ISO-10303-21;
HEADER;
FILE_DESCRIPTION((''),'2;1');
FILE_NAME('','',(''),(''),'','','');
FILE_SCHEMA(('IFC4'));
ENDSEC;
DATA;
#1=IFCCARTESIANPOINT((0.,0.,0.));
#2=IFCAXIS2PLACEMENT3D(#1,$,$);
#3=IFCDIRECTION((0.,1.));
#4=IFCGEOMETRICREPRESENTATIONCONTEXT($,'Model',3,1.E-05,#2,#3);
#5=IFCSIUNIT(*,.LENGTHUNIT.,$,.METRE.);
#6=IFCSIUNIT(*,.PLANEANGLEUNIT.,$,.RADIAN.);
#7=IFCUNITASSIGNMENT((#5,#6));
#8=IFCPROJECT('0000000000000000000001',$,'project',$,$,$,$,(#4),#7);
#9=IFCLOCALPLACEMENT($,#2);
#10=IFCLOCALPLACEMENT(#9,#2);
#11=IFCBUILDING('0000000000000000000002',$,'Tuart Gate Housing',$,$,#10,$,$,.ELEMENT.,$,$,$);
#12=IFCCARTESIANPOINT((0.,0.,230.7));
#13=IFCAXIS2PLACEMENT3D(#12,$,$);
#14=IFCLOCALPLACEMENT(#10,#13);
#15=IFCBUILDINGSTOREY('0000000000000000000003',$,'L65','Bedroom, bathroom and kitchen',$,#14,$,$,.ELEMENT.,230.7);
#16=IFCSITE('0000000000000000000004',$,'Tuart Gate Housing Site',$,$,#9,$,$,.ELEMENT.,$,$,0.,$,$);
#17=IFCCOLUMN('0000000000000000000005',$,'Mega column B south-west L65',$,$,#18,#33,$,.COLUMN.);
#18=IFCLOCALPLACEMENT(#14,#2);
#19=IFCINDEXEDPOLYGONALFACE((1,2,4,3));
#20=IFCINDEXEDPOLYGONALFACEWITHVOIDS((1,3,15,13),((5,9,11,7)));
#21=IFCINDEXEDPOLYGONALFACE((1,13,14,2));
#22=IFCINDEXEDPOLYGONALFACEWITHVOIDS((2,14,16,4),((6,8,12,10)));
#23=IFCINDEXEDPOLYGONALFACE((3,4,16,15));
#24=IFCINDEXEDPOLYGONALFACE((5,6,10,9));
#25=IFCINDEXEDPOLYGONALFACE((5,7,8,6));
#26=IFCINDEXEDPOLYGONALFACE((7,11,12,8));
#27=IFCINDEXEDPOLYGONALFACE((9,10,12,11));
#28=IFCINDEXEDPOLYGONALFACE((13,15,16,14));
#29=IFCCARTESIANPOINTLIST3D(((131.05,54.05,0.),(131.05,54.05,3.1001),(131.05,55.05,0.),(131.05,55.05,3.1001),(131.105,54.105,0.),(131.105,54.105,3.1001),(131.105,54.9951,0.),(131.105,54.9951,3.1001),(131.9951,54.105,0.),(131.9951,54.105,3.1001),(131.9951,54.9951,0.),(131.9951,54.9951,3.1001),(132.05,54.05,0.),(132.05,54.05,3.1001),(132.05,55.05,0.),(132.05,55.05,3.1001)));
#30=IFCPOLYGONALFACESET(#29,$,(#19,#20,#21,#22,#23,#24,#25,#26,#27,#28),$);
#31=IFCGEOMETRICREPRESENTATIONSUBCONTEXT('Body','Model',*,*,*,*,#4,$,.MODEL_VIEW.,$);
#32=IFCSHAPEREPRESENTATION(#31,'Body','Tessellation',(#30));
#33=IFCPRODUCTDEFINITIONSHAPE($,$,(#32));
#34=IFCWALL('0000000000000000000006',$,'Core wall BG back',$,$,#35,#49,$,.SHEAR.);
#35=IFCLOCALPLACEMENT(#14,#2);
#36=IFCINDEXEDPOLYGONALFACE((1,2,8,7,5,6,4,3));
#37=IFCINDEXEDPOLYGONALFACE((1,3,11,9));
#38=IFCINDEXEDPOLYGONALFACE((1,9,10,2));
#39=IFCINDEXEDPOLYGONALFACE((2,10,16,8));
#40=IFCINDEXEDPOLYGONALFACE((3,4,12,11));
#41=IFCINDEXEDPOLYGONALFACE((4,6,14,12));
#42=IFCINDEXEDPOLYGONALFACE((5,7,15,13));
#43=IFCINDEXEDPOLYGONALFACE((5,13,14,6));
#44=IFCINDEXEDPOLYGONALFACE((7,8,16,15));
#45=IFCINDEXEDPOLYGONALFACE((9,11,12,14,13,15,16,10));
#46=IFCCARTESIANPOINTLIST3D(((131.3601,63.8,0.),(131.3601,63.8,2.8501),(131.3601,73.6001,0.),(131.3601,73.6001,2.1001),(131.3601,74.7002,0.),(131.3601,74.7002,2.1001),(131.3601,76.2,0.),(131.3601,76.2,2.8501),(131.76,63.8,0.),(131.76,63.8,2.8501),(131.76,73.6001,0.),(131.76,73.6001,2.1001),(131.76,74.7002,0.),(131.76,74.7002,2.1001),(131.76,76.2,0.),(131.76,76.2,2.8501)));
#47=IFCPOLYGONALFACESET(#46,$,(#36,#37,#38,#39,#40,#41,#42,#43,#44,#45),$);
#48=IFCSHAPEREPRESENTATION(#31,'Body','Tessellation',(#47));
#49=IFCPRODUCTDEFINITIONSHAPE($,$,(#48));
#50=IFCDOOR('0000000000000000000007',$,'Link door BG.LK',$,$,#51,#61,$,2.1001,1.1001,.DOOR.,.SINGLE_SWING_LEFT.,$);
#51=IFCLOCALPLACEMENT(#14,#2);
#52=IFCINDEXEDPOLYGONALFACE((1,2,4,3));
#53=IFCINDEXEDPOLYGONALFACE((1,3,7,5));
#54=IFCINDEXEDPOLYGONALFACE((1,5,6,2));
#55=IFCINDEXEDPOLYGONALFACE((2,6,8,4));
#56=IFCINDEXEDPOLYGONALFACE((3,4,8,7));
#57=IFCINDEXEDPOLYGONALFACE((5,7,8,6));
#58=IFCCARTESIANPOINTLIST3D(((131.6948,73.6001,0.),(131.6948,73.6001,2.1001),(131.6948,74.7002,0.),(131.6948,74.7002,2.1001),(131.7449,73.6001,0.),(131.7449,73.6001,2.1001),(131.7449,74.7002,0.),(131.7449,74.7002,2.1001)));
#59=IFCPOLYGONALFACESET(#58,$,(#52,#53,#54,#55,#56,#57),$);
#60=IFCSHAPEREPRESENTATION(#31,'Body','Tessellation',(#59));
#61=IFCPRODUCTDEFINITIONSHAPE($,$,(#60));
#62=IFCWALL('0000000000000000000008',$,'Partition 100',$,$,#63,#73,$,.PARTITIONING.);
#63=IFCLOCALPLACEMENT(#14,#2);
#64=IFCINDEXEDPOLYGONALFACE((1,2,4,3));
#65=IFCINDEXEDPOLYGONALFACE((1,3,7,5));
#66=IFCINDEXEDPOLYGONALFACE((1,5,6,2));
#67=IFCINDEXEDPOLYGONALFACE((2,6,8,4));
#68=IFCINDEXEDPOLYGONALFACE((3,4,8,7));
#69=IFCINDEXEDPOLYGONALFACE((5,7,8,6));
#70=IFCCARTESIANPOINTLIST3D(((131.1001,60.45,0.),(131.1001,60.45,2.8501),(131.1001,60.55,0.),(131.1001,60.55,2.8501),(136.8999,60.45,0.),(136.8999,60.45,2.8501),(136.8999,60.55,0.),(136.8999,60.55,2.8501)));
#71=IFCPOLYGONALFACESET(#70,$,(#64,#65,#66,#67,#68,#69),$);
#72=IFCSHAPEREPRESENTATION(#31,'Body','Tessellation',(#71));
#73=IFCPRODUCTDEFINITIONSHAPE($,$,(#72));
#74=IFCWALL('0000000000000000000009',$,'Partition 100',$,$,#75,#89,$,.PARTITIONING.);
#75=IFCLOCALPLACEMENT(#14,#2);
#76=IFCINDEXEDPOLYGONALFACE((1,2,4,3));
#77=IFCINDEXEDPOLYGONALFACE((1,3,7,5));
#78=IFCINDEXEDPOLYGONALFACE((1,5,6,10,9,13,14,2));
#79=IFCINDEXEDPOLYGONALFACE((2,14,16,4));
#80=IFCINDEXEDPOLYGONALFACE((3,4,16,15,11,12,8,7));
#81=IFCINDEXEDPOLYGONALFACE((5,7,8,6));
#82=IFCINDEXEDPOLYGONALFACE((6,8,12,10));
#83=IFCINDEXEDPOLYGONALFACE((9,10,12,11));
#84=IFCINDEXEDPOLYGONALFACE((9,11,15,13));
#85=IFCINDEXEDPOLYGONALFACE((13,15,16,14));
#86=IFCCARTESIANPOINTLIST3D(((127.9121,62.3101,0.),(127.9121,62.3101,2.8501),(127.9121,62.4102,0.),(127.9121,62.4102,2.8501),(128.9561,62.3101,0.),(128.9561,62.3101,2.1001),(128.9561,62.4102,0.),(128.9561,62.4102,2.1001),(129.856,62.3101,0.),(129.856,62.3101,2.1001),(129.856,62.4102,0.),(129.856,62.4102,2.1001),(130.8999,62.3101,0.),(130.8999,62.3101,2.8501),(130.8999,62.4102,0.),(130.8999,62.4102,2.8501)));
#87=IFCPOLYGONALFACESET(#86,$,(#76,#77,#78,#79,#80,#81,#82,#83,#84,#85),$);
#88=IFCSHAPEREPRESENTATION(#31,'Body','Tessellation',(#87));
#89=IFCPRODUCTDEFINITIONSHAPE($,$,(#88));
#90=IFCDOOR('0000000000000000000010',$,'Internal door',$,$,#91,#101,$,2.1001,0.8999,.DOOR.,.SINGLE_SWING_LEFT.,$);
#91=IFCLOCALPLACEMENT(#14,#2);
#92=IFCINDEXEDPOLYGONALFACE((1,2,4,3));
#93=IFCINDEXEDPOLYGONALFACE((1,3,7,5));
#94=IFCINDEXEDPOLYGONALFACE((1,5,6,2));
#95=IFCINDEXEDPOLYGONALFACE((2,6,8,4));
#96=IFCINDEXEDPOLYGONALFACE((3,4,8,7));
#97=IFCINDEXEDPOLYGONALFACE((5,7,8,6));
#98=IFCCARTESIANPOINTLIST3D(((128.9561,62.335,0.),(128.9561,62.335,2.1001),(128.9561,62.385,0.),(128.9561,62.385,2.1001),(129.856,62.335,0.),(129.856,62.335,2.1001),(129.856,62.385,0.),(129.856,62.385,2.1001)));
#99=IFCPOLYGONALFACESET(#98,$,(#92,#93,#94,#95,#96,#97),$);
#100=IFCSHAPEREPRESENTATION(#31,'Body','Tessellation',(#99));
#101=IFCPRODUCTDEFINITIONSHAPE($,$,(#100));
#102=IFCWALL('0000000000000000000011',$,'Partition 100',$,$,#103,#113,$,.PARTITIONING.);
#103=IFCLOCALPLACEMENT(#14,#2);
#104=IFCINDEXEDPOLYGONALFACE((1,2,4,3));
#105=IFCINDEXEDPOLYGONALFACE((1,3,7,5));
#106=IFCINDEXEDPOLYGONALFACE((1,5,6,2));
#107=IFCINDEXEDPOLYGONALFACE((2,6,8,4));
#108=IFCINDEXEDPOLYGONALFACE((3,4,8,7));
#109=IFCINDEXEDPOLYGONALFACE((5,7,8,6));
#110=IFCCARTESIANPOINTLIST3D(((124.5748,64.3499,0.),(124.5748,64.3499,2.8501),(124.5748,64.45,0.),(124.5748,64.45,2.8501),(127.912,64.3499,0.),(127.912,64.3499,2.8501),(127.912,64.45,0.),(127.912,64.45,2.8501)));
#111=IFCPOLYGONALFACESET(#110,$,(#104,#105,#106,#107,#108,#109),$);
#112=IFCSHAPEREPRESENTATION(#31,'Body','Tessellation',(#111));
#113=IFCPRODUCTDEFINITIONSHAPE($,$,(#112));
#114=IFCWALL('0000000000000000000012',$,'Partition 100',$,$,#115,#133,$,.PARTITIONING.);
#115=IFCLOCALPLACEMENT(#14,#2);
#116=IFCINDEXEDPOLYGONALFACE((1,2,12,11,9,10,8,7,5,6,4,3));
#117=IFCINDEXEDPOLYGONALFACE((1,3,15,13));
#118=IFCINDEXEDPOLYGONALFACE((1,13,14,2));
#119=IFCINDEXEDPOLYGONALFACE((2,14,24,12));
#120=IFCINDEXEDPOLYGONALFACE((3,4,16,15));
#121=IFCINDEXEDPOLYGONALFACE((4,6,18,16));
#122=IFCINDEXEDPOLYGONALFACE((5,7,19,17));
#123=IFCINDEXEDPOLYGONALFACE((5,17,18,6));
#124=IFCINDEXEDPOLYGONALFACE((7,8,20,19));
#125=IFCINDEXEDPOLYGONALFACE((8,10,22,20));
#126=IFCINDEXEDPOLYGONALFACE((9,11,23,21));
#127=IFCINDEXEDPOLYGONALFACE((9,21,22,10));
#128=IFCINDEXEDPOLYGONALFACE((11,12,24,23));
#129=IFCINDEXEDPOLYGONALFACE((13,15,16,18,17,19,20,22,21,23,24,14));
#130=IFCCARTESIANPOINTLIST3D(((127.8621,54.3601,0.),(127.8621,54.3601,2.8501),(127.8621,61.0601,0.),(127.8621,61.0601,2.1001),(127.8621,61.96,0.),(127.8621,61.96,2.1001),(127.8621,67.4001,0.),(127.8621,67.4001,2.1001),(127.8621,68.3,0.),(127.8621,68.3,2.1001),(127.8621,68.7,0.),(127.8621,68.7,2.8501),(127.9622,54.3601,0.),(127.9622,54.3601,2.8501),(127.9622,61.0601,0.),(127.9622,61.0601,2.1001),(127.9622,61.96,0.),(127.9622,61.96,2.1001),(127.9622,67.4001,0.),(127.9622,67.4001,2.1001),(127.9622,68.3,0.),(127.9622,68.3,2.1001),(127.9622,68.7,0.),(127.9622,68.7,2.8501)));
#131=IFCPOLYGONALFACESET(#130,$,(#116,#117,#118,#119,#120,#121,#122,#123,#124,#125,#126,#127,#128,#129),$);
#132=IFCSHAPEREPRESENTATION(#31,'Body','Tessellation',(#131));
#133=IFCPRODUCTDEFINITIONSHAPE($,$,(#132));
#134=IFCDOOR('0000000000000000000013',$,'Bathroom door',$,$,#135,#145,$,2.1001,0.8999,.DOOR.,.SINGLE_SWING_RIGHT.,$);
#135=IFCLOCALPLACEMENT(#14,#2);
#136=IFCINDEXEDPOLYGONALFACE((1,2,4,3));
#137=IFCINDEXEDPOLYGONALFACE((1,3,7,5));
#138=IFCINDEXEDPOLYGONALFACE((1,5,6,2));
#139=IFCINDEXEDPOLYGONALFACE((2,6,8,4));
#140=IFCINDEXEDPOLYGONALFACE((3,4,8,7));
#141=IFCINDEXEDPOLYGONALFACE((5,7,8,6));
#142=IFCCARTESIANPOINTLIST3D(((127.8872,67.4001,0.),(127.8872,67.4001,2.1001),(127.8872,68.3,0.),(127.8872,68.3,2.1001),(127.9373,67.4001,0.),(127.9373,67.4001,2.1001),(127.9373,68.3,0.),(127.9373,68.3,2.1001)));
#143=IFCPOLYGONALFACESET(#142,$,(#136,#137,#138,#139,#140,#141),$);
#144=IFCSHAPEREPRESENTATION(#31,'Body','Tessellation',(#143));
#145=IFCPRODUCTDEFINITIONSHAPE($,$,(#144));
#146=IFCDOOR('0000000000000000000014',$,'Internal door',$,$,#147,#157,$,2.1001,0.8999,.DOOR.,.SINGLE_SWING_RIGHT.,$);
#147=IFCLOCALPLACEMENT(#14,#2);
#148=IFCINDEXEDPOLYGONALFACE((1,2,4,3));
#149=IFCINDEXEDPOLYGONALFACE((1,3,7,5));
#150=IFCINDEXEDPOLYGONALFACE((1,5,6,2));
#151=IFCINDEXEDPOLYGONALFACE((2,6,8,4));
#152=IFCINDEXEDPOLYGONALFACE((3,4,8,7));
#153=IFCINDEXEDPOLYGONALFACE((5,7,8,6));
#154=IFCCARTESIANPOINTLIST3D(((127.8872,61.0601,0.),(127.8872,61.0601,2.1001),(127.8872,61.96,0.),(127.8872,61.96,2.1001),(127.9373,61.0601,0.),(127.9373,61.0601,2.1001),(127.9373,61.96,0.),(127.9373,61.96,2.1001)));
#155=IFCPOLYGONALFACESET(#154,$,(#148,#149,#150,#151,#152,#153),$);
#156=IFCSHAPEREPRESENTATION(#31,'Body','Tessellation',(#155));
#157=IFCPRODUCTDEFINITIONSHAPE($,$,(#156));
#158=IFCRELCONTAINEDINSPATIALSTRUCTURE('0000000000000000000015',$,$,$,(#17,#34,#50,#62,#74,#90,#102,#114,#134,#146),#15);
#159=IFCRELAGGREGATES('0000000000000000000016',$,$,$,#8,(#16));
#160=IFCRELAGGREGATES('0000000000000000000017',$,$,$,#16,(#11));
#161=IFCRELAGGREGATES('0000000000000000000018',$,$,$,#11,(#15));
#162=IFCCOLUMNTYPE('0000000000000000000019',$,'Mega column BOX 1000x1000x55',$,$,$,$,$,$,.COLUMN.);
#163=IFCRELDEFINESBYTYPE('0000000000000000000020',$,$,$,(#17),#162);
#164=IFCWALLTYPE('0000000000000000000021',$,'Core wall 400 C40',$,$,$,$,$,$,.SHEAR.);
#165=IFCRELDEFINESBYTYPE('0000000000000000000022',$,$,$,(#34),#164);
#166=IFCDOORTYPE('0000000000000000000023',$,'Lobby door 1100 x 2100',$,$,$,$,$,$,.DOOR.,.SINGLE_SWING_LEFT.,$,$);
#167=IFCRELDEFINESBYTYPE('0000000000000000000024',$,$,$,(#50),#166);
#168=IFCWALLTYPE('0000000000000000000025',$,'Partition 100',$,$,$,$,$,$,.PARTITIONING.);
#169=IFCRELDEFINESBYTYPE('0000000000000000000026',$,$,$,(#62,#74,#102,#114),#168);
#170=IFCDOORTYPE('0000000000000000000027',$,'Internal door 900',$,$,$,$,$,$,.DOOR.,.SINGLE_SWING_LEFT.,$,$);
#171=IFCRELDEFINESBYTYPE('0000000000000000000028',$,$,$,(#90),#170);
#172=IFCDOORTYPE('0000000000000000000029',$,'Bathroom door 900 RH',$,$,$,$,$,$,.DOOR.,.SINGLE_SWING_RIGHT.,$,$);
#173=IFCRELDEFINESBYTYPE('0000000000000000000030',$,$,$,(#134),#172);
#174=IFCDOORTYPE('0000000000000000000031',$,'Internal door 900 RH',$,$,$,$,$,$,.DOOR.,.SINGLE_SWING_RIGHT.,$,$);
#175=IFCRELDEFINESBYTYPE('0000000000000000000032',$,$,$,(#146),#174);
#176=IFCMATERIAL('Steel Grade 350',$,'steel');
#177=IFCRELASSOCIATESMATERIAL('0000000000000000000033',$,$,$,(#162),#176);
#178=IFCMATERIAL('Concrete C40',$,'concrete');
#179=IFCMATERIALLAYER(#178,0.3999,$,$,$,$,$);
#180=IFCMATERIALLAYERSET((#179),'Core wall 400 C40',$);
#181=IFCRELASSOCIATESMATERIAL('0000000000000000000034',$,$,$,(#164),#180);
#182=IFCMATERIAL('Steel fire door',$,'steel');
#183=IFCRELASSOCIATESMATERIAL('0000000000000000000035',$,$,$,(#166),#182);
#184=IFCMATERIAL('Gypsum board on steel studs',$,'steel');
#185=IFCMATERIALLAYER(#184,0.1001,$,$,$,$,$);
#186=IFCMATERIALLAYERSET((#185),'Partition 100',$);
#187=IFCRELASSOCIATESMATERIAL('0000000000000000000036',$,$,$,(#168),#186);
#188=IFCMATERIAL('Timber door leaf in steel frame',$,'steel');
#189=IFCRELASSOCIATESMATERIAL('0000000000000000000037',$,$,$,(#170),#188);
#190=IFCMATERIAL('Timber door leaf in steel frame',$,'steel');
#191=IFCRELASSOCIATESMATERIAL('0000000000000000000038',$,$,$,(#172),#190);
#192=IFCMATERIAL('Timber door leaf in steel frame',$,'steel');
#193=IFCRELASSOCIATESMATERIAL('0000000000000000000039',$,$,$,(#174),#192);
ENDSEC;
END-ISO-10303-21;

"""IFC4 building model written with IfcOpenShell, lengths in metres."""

from ifc_helpers import new_model, si_unit, direction, frame, frame_2d, origin, origin_2d, place, context, subcontext, project, spatial, rectangle, hollow_rectangle, extrude, material, layer, layer_set, material_profile, profile_set, type_object, element, fill, save


model = new_model("IFC4")

# Units and contexts
model_context = context("Model", 3, precision=1e-05, world=origin(), true_north=direction((0.0, 1.0)))
body_context = subcontext(model_context, "Body", "Model", "MODEL_VIEW")
ifc_project = project(units=[si_unit("LENGTHUNIT", "METRE"), si_unit("PLANEANGLEUNIT", "RADIAN")], contexts=[model_context])

# Site, building, storey
site_placement = place(None, origin())
site = spatial("IfcSite", under=ifc_project, at=site_placement, Name="Tuart Gate Housing Site", CompositionType="ELEMENT", RefElevation=0.0)
building_placement = place(site_placement, origin())
building = spatial("IfcBuilding", under=site, at=building_placement, Name="Tuart Gate Housing", CompositionType="ELEMENT")
storey_placement = place(building_placement, frame((0.0, 0.0, 230.7)))
storey = spatial("IfcBuildingStorey", under=building, at=storey_placement, Name="L65", Description="Bedroom, bathroom and kitchen", CompositionType="ELEMENT", Elevation=230.7)

# Column
ifc_material_1 = material(Name="Steel Grade 350", Category="steel")
ifc_material_profile = material_profile(ifc_material_1, hollow_rectangle(XDim=1.0, YDim=1.0, WallThickness=0.0549, at=origin_2d()), Name="BOX 1000x1000x55")
ifc_profile_set = profile_set([ifc_material_profile], Name="Steel Grade 350")
column_type = type_object("IfcColumnType", Name="Mega column BOX 1000x1000x55", PredefinedType="COLUMN", material=ifc_profile_set)
column_placement = place(storey_placement, frame((131.55, 54.55, 0.0), z_axis=(0.0, 0.0, 1.0), x_axis=(1.0, 0.0, 0.0)))
element("IfcColumn", 1, at=column_placement, inside=storey, type_object=column_type, Name="Mega column B south-west L65", PredefinedType="COLUMN", context=body_context, shape_type="SweptSolid", body=[
    extrude(hollow_rectangle(XDim=1.0, YDim=1.0, WallThickness=0.0549, at=origin_2d()), origin(), (0.0, 0.0, 1.0), 3.1001),
])

# Wall, opening, door
ifc_material_2 = material(Name="Concrete C40", Category="concrete")
ifc_layer_1 = layer(ifc_material_2, 0.3999)
ifc_layer_set_1 = layer_set([ifc_layer_1], Name="Core wall 400 C40")
wall_type_1 = type_object("IfcWallType", Name="Core wall 400 C40", PredefinedType="SHEAR", material=ifc_layer_set_1)
wall_1_placement = place(storey_placement, frame((131.5601, 63.8, 0.0), z_axis=(0.0, 0.0, 1.0), x_axis=(0.0, 1.0, 0.0)))
wall_1 = element("IfcWall", 2, at=wall_1_placement, inside=storey, type_object=wall_type_1, Name="Core wall BG back", PredefinedType="SHEAR", context=body_context, shape_type="SweptSolid", body=[
    extrude(rectangle(XDim=12.3999, YDim=0.3999, at=frame_2d((6.2, 0.0))), origin(), (0.0, 0.0, 1.0), 2.8501),
])
opening_1_placement = place(wall_1_placement, frame((9.8, 0.0, 0.0)))
opening_1 = element("IfcOpeningElement", 3, at=opening_1_placement, cuts=wall_1, PredefinedType="OPENING", context=body_context, shape_type="SweptSolid", body=[
    extrude(rectangle(XDim=1.1001, YDim=2.1001, at=frame_2d((0.55, 1.05))), frame((0.0, 0.21, 0.0), z_axis=(0.0, -1.0, 0.0), x_axis=(1.0, 0.0, 0.0)), (0.0, 0.0, 1.0), 0.4199),
])
ifc_material_3 = material(Name="Steel fire door", Category="steel")
door_type_1 = type_object("IfcDoorType", Name="Lobby door 1100 x 2100", OperationType="SINGLE_SWING_LEFT", PredefinedType="DOOR", material=ifc_material_3)
door_1_placement = place(opening_1_placement, frame((1.1001, 0.0, 0.0), z_axis=(0.0, 0.0, 1.0), x_axis=(-1.0, 0.0, 0.0)))
door_1 = element("IfcDoor", 4, at=door_1_placement, inside=storey, type_object=door_type_1, Name="Link door BG.LK", OperationType="SINGLE_SWING_LEFT", OverallHeight=2.1001, OverallWidth=1.1001, PredefinedType="DOOR", context=body_context, shape_type="SweptSolid", body=[
    extrude(rectangle(XDim=1.1001, YDim=2.1001, at=frame_2d((0.55, 1.05))), frame((0.0, 0.1848, 0.0), z_axis=(0.0, -1.0, 0.0), x_axis=(1.0, 0.0, 0.0)), (0.0, 0.0, 1.0), 0.05),
])
fill(opening_1, door_1)

# Wall
ifc_material_4 = material(Name="Gypsum board on steel studs", Category="steel")
ifc_layer_2 = layer(ifc_material_4, 0.1001)
ifc_layer_set_2 = layer_set([ifc_layer_2], Name="Partition 100")
wall_type_2 = type_object("IfcWallType", Name="Partition 100", PredefinedType="PARTITIONING", material=ifc_layer_set_2)
wall_2_placement = place(storey_placement, frame((131.1001, 60.5, 0.0), z_axis=(0.0, 0.0, 1.0), x_axis=(1.0, 0.0, 0.0)))
element("IfcWall", 5, at=wall_2_placement, inside=storey, type_object=wall_type_2, Name="Partition 100", PredefinedType="PARTITIONING", context=body_context, shape_type="SweptSolid", body=[
    extrude(rectangle(XDim=5.7998, YDim=0.1001, at=frame_2d((2.8999, 0.0))), origin(), (0.0, 0.0, 1.0), 2.8501),
])

# Wall, opening, door
wall_3_placement = place(storey_placement, frame((127.9121, 62.3601, 0.0), z_axis=(0.0, 0.0, 1.0), x_axis=(1.0, 0.0, 0.0)))
wall_3 = element("IfcWall", 6, at=wall_3_placement, inside=storey, type_object=wall_type_2, Name="Partition 100", PredefinedType="PARTITIONING", context=body_context, shape_type="SweptSolid", body=[
    extrude(rectangle(XDim=2.9878, YDim=0.1001, at=frame_2d((1.4939, 0.0))), origin(), (0.0, 0.0, 1.0), 2.8501),
])
opening_2_placement = place(wall_3_placement, frame((1.0439, 0.0, 0.0)))
opening_2 = element("IfcOpeningElement", 7, at=opening_2_placement, cuts=wall_3, PredefinedType="OPENING", context=body_context, shape_type="SweptSolid", body=[
    extrude(rectangle(XDim=0.8999, YDim=2.1001, at=frame_2d((0.45, 1.05))), frame((0.0, 0.0601, 0.0), z_axis=(0.0, -1.0, 0.0), x_axis=(1.0, 0.0, 0.0)), (0.0, 0.0, 1.0), 0.1201),
])
ifc_material_5 = material(Name="Timber door leaf in steel frame", Category="steel")
door_type_2 = type_object("IfcDoorType", Name="Internal door 900", OperationType="SINGLE_SWING_LEFT", PredefinedType="DOOR", material=ifc_material_5)
door_2_placement = place(opening_2_placement, origin())
door_2 = element("IfcDoor", 8, at=door_2_placement, inside=storey, type_object=door_type_2, Name="Internal door", OperationType="SINGLE_SWING_LEFT", OverallHeight=2.1001, OverallWidth=0.8999, PredefinedType="DOOR", context=body_context, shape_type="SweptSolid", body=[
    extrude(rectangle(XDim=0.8999, YDim=2.1001, at=frame_2d((0.45, 1.05))), frame((0.0, 0.0249, 0.0), z_axis=(0.0, -1.0, 0.0), x_axis=(1.0, 0.0, 0.0)), (0.0, 0.0, 1.0), 0.05),
])
fill(opening_2, door_2)

# Wall
wall_4_placement = place(storey_placement, frame((124.575, 64.3999, 0.0), z_axis=(0.0, 0.0, 1.0), x_axis=(1.0, 0.0, 0.0)))
element("IfcWall", 9, at=wall_4_placement, inside=storey, type_object=wall_type_2, Name="Partition 100", PredefinedType="PARTITIONING", context=body_context, shape_type="SweptSolid", body=[
    extrude(rectangle(XDim=3.3372, YDim=0.1001, at=frame_2d((1.6685, 0.0))), origin(), (0.0, 0.0, 1.0), 2.8501),
])

# Wall, openings, doors
wall_5_placement = place(storey_placement, frame((127.9121, 54.3601, 0.0), z_axis=(0.0, 0.0, 1.0), x_axis=(0.0, 1.0, 0.0)))
wall_5 = element("IfcWall", 10, at=wall_5_placement, inside=storey, type_object=wall_type_2, Name="Partition 100", PredefinedType="PARTITIONING", context=body_context, shape_type="SweptSolid", body=[
    extrude(rectangle(XDim=14.3398, YDim=0.1001, at=frame_2d((7.1699, 0.0))), origin(), (0.0, 0.0, 1.0), 2.8501),
])
opening_3_placement = place(wall_5_placement, frame((6.7, 0.0, 0.0)))
opening_3 = element("IfcOpeningElement", 11, at=opening_3_placement, cuts=wall_5, PredefinedType="OPENING", context=body_context, shape_type="SweptSolid", body=[
    extrude(rectangle(XDim=0.8999, YDim=2.1001, at=frame_2d((0.45, 1.05))), frame((0.0, 0.0601, 0.0), z_axis=(0.0, -1.0, 0.0), x_axis=(1.0, 0.0, 0.0)), (0.0, 0.0, 1.0), 0.1201),
])
opening_4_placement = place(wall_5_placement, frame((13.04, 0.0, 0.0)))
opening_4 = element("IfcOpeningElement", 12, at=opening_4_placement, cuts=wall_5, PredefinedType="OPENING", context=body_context, shape_type="SweptSolid", body=[
    extrude(rectangle(XDim=0.8999, YDim=2.1001, at=frame_2d((0.45, 1.05))), frame((0.0, 0.0601, 0.0), z_axis=(0.0, -1.0, 0.0), x_axis=(1.0, 0.0, 0.0)), (0.0, 0.0, 1.0), 0.1201),
])
ifc_material_6 = material(Name="Timber door leaf in steel frame", Category="steel")
door_type_3 = type_object("IfcDoorType", Name="Bathroom door 900 RH", OperationType="SINGLE_SWING_RIGHT", PredefinedType="DOOR", material=ifc_material_6)
door_3_placement = place(opening_4_placement, origin())
door_3 = element("IfcDoor", 13, at=door_3_placement, inside=storey, type_object=door_type_3, Name="Bathroom door", OperationType="SINGLE_SWING_RIGHT", OverallHeight=2.1001, OverallWidth=0.8999, PredefinedType="DOOR", context=body_context, shape_type="SweptSolid", body=[
    extrude(rectangle(XDim=0.8999, YDim=2.1001, at=frame_2d((0.45, 1.05))), frame((0.0, 0.0249, 0.0), z_axis=(0.0, -1.0, 0.0), x_axis=(1.0, 0.0, 0.0)), (0.0, 0.0, 1.0), 0.05),
])
fill(opening_4, door_3)
ifc_material_7 = material(Name="Timber door leaf in steel frame", Category="steel")
door_type_4 = type_object("IfcDoorType", Name="Internal door 900 RH", OperationType="SINGLE_SWING_RIGHT", PredefinedType="DOOR", material=ifc_material_7)
door_4_placement = place(opening_3_placement, origin())
door_4 = element("IfcDoor", 14, at=door_4_placement, inside=storey, type_object=door_type_4, Name="Internal door", OperationType="SINGLE_SWING_RIGHT", OverallHeight=2.1001, OverallWidth=0.8999, PredefinedType="DOOR", context=body_context, shape_type="SweptSolid", body=[
    extrude(rectangle(XDim=0.8999, YDim=2.1001, at=frame_2d((0.45, 1.05))), frame((0.0, 0.0249, 0.0), z_axis=(0.0, -1.0, 0.0), x_axis=(1.0, 0.0, 0.0)), (0.0, 0.0, 1.0), 0.05),
])
fill(opening_3, door_4)

save(model, "model.ifc")
